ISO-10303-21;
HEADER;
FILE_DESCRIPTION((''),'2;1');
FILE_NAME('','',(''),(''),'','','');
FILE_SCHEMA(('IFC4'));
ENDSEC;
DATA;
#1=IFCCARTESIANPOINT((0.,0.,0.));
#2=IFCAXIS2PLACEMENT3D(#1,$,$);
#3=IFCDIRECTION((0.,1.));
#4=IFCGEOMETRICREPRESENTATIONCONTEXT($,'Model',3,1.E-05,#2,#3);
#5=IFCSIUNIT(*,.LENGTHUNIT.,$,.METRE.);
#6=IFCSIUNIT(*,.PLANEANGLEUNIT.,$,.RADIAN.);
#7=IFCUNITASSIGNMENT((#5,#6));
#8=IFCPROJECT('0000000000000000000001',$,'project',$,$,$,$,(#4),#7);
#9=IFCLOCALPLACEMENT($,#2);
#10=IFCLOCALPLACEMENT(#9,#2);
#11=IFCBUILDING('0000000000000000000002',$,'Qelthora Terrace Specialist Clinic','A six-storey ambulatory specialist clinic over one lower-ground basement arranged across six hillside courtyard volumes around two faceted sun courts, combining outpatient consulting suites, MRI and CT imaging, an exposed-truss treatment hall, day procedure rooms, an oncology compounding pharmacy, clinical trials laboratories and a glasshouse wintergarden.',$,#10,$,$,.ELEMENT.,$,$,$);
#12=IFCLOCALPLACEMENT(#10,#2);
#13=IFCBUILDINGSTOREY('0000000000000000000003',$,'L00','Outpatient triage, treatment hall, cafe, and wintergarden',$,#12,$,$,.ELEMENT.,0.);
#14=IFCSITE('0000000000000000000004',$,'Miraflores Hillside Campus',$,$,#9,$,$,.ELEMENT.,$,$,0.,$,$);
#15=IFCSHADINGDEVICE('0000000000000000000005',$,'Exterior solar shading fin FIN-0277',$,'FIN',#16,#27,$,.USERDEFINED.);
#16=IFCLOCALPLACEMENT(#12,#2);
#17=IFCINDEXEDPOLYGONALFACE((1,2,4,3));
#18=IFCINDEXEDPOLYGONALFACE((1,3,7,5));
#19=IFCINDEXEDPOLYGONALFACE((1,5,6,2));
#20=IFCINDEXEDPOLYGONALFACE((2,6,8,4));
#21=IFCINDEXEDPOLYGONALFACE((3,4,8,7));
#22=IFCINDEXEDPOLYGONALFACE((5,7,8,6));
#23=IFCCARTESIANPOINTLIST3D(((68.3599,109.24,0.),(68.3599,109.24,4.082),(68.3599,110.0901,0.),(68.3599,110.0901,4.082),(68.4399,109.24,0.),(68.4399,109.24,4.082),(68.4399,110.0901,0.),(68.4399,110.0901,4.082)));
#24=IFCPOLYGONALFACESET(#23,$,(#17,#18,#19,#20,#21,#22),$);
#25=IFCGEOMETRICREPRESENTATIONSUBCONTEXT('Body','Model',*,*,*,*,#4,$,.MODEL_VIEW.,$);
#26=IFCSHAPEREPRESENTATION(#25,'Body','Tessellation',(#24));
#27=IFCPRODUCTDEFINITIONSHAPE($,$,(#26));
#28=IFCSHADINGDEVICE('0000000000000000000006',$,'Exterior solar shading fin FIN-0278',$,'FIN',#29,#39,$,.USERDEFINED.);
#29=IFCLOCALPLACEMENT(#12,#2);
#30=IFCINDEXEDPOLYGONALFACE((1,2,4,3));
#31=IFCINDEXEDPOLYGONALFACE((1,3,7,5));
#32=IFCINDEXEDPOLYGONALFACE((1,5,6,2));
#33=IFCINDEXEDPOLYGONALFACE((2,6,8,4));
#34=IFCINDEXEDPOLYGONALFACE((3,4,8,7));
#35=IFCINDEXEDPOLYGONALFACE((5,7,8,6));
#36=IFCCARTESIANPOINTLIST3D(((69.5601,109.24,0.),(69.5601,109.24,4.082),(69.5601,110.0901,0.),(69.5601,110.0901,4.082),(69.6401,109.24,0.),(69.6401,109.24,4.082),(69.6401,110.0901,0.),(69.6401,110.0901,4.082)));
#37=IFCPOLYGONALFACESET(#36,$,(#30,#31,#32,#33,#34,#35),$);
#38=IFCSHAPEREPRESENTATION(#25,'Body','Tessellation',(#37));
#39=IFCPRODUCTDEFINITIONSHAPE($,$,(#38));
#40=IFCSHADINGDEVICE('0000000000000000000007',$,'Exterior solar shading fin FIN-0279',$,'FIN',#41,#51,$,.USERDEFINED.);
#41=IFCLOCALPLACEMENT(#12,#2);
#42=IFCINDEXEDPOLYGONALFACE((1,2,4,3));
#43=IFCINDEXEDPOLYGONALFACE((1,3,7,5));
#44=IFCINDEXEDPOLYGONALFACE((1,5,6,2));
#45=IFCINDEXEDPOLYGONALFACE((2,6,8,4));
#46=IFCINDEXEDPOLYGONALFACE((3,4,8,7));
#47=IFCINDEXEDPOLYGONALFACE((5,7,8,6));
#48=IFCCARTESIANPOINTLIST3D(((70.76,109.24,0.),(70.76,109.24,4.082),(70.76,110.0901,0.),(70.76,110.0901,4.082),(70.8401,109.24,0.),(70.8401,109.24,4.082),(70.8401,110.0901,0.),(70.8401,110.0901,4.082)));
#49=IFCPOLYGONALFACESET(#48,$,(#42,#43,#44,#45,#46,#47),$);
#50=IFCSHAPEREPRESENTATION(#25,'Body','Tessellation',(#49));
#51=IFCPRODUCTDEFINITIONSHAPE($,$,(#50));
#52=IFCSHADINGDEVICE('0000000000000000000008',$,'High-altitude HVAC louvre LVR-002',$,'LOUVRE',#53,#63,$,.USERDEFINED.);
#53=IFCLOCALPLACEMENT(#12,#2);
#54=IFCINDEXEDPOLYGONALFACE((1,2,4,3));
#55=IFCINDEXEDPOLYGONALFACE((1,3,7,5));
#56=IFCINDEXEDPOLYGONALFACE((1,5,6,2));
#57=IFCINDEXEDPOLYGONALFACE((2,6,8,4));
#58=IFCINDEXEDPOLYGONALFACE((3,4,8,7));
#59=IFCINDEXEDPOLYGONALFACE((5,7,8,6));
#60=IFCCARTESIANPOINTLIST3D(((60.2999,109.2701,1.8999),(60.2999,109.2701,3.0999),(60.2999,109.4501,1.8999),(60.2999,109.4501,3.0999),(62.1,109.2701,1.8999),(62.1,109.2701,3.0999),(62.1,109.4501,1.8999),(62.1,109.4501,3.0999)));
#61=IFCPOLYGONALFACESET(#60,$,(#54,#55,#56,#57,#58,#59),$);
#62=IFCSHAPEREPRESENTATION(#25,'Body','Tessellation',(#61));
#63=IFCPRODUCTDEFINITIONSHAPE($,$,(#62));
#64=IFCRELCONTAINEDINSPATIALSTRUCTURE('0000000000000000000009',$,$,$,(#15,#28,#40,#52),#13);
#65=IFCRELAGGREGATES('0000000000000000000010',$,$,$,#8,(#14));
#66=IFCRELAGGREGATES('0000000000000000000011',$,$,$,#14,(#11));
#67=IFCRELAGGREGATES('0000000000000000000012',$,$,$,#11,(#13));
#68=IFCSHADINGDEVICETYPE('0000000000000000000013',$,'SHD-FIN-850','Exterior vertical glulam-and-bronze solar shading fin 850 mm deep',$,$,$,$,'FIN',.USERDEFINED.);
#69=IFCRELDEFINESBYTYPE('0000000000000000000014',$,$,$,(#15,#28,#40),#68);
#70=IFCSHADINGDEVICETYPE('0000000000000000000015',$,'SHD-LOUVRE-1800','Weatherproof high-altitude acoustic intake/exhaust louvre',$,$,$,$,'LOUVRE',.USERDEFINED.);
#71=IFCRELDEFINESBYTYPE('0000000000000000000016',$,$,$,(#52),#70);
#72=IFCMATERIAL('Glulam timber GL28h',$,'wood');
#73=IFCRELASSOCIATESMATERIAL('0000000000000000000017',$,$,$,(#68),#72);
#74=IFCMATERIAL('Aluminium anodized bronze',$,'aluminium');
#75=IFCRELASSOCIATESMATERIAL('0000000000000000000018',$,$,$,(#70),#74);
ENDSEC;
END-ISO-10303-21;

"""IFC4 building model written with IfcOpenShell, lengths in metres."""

from ifc_helpers import new_model, si_unit, direction, frame, origin, origin_2d, place, context, subcontext, project, spatial, rectangle, extrude, material, type_object, element, save


model = new_model("IFC4")

# Units and contexts
model_context = context("Model", 3, precision=1e-05, world=origin(), true_north=direction((0.0, 1.0)))
body_context = subcontext(model_context, "Body", "Model", "MODEL_VIEW")
ifc_project = project(units=[si_unit("LENGTHUNIT", "METRE"), si_unit("PLANEANGLEUNIT", "RADIAN")], contexts=[model_context])

# Site, building, storey
site_placement = place(None, origin())
site = spatial("IfcSite", under=ifc_project, at=site_placement, Name="Miraflores Hillside Campus", CompositionType="ELEMENT", RefElevation=0.0)
building_placement = place(site_placement, origin())
building = spatial("IfcBuilding", under=site, at=building_placement, Name="Qelthora Terrace Specialist Clinic", Description="A six-storey ambulatory specialist clinic over one lower-ground basement arranged across six hillside courtyard volumes around two faceted sun courts, combining outpatient consulting suites, MRI and CT imaging, an exposed-truss treatment hall, day procedure rooms, an oncology compounding pharmacy, clinical trials laboratories and a glasshouse wintergarden.", CompositionType="ELEMENT")
storey_placement = place(building_placement, origin())
storey = spatial("IfcBuildingStorey", under=building, at=storey_placement, Name="L00", Description="Outpatient triage, treatment hall, cafe, and wintergarden", CompositionType="ELEMENT", Elevation=0.0)

# Shading devices
ifc_material_1 = material(Name="Glulam timber GL28h", Category="wood")
shading_device_type_1 = type_object("IfcShadingDeviceType", Name="SHD-FIN-850", Description="Exterior vertical glulam-and-bronze solar shading fin 850 mm deep", ElementType="FIN", PredefinedType="USERDEFINED", material=ifc_material_1)
for number, where, z_axis, x_axis, name in (
    (1, (68.3999, 109.665, 0.0), (0.0, 0.0, 1.0), (0.0, 1.0, 0.0), "Exterior solar shading fin FIN-0277"),
    (2, (69.6001, 109.665, 0.0), (0.0, 0.0, 1.0), (0.0, 1.0, 0.0), "Exterior solar shading fin FIN-0278"),
    (3, (70.8, 109.665, 0.0), (0.0, 0.0, 1.0), (0.0, 1.0, 0.0), "Exterior solar shading fin FIN-0279"),
):
    element("IfcShadingDevice", number, at=place(storey_placement, frame(where, z_axis=z_axis, x_axis=x_axis)), inside=storey, type_object=shading_device_type_1, Name=name, ObjectType="FIN", PredefinedType="USERDEFINED", context=body_context, shape_type="SweptSolid", body=[
        extrude(rectangle(XDim=0.8501, YDim=0.0801, at=origin_2d()), origin(), (0.0, 0.0, 1.0), 4.082),
    ])
ifc_material_2 = material(Name="Aluminium anodized bronze", Category="aluminium")
shading_device_type_2 = type_object("IfcShadingDeviceType", Name="SHD-LOUVRE-1800", Description="Weatherproof high-altitude acoustic intake/exhaust louvre", ElementType="LOUVRE", PredefinedType="USERDEFINED", material=ifc_material_2)
shading_device_placement = place(storey_placement, frame((61.2, 109.3601, 1.8999), z_axis=(0.0, 0.0, 1.0), x_axis=(1.0, 0.0, 0.0)))
element("IfcShadingDevice", 4, at=shading_device_placement, inside=storey, type_object=shading_device_type_2, Name="High-altitude HVAC louvre LVR-002", ObjectType="LOUVRE", PredefinedType="USERDEFINED", context=body_context, shape_type="SweptSolid", body=[
    extrude(rectangle(XDim=1.8, YDim=0.1799, at=origin_2d()), origin(), (0.0, 0.0, 1.0), 1.2),
])

save(model, "model.ifc")
